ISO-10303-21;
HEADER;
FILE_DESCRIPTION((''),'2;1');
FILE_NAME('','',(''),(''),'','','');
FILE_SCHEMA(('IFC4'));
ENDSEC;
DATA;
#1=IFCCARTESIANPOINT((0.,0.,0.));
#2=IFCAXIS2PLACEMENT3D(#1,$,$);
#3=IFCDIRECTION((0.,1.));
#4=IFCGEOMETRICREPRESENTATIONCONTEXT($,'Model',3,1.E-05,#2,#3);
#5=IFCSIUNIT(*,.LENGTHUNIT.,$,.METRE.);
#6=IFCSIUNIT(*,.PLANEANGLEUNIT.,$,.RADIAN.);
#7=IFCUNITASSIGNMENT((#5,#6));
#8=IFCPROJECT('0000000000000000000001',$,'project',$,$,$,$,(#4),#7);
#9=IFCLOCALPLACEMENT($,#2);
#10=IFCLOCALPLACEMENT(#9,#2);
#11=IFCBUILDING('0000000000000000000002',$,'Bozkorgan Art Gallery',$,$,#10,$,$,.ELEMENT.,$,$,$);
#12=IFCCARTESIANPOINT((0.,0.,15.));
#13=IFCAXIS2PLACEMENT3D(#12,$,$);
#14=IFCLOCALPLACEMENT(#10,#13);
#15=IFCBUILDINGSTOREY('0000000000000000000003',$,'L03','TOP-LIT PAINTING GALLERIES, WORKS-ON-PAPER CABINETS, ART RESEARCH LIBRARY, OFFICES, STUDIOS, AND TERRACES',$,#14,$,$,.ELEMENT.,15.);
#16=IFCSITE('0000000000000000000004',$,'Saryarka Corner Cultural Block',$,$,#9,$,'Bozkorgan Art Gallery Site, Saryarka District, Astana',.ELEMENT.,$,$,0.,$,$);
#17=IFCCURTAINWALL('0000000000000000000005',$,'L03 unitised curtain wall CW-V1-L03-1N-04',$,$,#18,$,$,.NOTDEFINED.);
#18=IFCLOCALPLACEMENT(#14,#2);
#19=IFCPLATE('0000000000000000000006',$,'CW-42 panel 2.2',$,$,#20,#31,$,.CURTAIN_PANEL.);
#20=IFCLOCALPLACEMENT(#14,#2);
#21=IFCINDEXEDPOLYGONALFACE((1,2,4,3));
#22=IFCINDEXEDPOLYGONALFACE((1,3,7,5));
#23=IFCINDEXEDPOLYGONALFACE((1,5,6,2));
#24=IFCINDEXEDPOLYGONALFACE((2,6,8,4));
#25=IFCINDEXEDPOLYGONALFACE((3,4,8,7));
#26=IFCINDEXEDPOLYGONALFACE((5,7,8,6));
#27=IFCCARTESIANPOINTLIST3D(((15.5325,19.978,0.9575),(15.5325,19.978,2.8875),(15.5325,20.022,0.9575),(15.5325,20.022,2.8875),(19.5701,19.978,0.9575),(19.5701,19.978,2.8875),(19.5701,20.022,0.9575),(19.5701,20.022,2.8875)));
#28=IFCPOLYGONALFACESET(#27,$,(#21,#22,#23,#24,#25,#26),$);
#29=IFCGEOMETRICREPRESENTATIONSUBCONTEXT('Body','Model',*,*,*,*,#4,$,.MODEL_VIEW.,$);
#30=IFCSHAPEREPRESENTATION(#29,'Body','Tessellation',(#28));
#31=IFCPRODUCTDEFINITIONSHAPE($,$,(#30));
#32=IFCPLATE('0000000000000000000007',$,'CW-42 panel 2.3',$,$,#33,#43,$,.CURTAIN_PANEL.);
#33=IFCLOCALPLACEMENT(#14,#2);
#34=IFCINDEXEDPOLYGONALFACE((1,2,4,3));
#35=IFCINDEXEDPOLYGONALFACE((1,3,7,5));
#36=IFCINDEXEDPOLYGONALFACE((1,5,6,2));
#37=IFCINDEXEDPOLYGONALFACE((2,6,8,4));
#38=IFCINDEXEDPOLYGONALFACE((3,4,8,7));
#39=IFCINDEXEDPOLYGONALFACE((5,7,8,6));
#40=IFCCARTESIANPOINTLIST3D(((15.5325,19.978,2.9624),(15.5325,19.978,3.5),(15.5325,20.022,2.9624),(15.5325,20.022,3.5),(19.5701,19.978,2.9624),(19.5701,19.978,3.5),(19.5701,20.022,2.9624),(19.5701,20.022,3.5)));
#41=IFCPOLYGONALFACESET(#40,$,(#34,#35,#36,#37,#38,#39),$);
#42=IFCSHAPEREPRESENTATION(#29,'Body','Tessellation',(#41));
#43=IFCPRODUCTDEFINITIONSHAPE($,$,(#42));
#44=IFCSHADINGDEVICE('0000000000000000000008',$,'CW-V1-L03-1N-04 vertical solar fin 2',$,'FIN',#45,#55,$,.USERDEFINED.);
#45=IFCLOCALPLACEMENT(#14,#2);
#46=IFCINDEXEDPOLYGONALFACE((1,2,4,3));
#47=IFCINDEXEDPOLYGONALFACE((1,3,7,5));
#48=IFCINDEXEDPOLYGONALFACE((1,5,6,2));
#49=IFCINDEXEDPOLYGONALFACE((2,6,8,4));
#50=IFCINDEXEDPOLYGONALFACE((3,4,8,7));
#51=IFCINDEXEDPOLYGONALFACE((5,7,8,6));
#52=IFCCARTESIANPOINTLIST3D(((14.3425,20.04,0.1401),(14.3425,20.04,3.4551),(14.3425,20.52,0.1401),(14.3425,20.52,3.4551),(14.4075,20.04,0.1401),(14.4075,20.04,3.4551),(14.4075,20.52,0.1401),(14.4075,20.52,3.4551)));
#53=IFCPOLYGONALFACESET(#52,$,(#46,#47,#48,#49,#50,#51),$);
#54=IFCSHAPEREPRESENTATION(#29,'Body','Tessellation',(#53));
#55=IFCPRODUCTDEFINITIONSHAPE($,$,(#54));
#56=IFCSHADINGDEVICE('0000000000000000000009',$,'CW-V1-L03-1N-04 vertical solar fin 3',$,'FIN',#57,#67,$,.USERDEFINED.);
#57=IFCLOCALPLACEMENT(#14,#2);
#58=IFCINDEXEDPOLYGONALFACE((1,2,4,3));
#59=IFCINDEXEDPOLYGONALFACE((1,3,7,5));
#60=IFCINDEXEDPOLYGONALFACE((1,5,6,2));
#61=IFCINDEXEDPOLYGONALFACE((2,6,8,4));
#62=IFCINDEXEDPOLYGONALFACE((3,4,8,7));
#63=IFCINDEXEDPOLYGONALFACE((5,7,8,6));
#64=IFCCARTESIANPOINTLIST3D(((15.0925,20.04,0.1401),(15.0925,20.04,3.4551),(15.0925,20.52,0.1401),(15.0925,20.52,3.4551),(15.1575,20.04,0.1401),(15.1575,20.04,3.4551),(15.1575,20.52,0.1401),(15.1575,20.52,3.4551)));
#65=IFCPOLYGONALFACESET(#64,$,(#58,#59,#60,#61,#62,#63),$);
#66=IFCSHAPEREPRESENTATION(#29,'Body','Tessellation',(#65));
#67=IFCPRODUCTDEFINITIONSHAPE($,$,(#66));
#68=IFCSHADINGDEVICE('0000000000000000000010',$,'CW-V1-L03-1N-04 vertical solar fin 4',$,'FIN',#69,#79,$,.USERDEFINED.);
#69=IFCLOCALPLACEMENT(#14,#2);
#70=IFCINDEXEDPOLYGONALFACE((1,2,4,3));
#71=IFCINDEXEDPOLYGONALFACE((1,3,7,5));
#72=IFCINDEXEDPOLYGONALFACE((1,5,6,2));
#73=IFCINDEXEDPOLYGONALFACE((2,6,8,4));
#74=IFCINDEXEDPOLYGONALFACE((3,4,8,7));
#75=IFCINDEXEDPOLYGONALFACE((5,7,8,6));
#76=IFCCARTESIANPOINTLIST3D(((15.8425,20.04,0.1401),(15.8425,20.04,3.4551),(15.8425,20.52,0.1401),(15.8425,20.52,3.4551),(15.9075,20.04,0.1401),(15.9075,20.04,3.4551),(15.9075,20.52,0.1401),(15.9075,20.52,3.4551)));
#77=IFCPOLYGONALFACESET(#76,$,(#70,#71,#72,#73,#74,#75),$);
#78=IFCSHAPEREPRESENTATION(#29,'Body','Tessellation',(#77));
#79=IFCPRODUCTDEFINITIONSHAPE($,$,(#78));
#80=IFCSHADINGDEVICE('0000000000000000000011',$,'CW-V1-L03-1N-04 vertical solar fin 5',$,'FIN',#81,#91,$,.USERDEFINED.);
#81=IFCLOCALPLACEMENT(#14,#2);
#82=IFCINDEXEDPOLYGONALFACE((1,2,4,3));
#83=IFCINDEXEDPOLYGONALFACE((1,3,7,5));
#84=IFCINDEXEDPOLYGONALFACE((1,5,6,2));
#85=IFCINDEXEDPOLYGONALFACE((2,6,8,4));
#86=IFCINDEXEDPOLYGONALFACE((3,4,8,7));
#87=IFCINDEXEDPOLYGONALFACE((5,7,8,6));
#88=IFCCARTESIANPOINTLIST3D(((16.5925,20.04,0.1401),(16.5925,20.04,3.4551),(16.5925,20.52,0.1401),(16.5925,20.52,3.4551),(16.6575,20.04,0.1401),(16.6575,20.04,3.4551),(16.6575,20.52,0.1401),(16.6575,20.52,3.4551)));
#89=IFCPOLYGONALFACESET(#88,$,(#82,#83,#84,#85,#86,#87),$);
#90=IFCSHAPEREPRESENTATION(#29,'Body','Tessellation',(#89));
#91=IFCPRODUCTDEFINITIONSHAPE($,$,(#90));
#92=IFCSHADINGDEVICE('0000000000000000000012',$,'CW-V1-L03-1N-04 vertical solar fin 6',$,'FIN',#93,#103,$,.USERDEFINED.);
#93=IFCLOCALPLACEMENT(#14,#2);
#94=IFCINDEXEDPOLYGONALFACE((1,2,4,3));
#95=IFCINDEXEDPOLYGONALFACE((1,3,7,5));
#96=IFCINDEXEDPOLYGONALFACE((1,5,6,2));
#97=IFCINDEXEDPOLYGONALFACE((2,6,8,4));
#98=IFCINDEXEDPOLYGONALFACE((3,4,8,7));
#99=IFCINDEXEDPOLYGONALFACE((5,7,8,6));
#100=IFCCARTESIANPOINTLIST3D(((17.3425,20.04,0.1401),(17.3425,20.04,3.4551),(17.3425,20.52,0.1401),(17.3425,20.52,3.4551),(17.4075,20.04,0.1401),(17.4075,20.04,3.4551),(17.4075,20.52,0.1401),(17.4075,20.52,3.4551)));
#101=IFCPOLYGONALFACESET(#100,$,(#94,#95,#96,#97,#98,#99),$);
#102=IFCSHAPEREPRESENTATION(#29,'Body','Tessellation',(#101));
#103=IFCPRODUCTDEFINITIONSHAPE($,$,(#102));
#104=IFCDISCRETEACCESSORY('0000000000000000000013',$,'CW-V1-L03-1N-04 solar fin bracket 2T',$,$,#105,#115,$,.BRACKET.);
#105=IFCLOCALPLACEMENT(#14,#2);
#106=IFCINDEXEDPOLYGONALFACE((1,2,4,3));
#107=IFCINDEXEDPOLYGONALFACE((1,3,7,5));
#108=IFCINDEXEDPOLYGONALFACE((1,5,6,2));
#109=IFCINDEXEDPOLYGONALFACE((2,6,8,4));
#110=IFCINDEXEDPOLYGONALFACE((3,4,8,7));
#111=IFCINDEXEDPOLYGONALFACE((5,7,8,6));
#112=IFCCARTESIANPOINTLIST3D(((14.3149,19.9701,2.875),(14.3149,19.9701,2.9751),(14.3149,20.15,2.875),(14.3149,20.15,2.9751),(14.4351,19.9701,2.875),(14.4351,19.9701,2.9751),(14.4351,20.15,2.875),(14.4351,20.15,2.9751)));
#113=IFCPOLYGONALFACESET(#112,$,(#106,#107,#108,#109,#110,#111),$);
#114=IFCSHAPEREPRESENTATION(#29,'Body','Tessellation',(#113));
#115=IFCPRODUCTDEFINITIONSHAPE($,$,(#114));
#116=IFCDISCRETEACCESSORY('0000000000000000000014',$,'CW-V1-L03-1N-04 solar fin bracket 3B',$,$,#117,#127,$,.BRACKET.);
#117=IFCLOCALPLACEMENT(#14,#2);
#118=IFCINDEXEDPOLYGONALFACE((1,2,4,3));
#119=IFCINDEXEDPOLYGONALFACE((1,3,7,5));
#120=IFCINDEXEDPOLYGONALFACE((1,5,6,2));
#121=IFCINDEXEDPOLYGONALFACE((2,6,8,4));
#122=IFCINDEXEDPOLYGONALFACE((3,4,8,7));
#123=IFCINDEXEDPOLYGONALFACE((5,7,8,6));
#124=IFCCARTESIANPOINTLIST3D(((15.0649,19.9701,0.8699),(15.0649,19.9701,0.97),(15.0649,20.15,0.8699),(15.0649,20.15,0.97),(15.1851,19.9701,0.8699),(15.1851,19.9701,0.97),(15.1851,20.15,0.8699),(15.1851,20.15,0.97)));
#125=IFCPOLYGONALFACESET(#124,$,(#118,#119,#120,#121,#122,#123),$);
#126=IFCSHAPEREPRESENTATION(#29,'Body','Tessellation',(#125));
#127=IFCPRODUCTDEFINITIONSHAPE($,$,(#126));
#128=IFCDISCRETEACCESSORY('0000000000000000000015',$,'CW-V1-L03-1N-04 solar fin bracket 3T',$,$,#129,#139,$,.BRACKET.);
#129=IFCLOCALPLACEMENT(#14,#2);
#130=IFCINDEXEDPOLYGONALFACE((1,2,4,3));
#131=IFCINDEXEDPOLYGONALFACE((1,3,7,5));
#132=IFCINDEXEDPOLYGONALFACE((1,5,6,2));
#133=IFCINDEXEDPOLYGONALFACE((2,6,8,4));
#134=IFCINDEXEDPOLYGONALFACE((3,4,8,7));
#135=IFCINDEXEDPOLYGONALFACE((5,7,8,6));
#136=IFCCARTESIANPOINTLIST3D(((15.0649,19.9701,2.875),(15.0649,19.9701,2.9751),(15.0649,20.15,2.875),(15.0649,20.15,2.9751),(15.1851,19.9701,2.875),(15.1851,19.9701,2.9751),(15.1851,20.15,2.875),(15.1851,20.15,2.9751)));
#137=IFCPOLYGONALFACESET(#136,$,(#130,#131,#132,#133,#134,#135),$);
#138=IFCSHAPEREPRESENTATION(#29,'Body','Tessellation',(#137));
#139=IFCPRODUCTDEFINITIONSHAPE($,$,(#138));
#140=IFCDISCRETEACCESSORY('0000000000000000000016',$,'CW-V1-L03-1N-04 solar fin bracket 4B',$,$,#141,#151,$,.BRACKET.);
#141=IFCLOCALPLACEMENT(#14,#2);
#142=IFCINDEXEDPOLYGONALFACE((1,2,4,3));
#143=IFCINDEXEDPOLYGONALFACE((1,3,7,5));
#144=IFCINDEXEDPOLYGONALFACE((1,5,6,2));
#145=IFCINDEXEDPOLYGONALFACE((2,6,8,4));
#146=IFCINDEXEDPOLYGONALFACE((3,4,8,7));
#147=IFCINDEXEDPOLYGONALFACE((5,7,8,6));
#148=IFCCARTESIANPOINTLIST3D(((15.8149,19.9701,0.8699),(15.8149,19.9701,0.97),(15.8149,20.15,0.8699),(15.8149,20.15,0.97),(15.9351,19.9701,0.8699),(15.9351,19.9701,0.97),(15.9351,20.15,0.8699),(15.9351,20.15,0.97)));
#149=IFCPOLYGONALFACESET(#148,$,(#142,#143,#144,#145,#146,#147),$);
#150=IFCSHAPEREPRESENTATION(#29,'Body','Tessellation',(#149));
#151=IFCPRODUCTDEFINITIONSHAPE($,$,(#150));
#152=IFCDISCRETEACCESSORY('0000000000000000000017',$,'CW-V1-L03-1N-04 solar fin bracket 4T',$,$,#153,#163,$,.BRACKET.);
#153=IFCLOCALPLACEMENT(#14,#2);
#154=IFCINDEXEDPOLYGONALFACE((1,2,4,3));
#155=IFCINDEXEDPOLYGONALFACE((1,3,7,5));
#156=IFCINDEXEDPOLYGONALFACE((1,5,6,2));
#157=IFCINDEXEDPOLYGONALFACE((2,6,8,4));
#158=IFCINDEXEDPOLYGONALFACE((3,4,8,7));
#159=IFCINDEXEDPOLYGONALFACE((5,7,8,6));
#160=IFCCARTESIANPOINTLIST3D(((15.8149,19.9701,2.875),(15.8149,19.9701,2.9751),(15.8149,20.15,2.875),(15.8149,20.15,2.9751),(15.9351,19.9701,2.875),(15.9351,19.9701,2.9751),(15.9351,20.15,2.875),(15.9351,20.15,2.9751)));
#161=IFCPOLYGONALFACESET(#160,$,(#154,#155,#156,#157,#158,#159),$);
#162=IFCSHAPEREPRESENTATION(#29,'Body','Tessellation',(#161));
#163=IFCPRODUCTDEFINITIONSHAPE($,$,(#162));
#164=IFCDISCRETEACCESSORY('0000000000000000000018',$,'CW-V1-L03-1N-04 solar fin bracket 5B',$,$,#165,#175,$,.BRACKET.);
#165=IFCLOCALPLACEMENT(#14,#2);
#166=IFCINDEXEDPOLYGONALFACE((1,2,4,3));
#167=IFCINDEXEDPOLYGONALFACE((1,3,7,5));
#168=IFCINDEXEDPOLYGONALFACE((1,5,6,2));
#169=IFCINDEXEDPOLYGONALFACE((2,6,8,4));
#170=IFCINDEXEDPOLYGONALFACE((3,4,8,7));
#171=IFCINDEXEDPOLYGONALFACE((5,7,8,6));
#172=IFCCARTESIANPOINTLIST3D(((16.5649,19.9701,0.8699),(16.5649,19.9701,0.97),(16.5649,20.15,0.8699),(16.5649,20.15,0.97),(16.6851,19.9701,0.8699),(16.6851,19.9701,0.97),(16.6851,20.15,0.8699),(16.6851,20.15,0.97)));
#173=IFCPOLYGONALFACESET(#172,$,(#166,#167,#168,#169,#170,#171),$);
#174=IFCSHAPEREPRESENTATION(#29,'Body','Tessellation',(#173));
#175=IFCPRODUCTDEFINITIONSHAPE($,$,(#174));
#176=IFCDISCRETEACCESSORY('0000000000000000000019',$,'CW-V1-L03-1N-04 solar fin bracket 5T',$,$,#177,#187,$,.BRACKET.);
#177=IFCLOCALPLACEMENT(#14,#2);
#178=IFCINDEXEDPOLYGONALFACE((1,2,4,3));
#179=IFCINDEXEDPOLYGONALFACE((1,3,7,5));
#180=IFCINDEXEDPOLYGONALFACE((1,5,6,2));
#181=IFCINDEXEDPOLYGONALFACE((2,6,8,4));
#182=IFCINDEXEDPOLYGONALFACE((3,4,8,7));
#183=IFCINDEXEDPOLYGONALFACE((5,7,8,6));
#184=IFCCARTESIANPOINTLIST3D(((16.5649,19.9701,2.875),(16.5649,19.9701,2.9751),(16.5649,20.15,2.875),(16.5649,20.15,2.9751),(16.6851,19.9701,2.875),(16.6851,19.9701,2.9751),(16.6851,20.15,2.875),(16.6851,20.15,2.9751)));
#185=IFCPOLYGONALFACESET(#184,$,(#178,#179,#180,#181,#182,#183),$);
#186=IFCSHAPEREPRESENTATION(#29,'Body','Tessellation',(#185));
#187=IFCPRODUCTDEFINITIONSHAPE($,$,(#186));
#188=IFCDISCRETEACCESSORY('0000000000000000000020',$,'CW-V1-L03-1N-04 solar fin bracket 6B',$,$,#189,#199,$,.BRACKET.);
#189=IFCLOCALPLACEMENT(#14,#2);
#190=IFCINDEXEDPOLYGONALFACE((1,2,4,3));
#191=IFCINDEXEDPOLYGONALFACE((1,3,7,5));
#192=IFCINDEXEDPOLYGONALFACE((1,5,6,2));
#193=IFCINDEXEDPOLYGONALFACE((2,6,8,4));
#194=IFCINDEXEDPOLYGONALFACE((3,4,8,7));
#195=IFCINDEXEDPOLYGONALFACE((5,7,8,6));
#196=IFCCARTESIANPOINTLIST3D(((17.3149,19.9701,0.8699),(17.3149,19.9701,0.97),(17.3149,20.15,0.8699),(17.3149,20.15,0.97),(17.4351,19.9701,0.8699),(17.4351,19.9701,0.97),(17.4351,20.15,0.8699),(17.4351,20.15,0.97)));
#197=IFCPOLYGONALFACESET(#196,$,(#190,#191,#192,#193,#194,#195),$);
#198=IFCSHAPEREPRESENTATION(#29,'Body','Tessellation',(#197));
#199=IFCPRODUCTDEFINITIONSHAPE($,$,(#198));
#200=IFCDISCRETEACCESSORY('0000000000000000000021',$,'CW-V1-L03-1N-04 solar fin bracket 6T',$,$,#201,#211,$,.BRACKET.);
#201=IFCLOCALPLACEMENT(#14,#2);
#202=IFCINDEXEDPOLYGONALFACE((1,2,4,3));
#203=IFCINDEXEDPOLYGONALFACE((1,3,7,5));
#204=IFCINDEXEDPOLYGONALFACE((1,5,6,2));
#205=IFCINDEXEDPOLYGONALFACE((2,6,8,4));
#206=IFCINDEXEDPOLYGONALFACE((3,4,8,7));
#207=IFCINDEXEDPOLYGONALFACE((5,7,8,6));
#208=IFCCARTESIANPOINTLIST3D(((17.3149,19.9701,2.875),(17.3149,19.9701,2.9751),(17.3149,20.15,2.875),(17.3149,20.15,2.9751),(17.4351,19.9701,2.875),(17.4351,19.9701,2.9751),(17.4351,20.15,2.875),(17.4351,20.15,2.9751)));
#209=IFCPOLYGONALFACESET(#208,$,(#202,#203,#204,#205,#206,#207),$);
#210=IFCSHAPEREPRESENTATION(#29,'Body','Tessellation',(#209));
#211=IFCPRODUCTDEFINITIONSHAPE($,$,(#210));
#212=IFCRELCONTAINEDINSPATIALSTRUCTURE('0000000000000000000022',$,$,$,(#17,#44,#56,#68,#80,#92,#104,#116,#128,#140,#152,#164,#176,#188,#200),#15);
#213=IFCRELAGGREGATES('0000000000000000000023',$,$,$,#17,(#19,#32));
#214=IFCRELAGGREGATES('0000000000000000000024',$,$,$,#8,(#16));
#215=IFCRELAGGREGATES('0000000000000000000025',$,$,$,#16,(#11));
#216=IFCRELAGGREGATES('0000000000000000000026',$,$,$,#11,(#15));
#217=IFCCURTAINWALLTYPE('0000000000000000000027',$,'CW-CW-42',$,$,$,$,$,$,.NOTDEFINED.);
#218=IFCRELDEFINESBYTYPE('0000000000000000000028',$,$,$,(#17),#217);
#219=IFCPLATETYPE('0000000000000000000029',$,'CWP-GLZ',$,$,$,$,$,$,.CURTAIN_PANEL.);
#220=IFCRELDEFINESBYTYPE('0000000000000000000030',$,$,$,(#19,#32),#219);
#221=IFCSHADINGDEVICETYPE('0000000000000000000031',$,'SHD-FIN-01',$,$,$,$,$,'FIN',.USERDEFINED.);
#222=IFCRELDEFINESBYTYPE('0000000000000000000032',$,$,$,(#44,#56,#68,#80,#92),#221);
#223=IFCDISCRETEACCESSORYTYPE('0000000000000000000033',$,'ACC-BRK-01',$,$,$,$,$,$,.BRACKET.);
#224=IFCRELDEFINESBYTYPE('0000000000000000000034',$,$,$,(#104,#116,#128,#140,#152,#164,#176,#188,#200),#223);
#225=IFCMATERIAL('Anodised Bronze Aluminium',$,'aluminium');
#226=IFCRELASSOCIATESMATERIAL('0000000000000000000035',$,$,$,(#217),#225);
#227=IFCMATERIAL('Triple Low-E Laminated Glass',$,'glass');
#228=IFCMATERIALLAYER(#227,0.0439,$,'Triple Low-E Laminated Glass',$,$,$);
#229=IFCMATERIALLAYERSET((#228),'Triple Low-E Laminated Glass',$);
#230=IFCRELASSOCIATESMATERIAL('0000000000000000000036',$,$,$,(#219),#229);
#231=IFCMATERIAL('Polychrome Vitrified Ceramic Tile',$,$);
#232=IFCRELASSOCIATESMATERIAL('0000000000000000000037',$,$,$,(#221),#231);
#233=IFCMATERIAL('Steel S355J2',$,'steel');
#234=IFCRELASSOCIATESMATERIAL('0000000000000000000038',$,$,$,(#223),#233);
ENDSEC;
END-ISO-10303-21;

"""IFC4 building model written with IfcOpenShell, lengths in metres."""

from ifc_helpers import new_model, si_unit, direction, frame, origin, origin_2d, place, context, subcontext, project, spatial, rectangle, extrude, material, layer, layer_set, type_object, element, aggregate, save


model = new_model("IFC4")

# Units and contexts
model_context = context("Model", 3, precision=1e-05, world=origin(), true_north=direction((0.0, 1.0)))
body_context = subcontext(model_context, "Body", "Model", "MODEL_VIEW")
ifc_project = project(units=[si_unit("LENGTHUNIT", "METRE"), si_unit("PLANEANGLEUNIT", "RADIAN")], contexts=[model_context])

# Site, building, storey
site_placement = place(None, origin())
site = spatial("IfcSite", under=ifc_project, at=site_placement, Name="Saryarka Corner Cultural Block", LongName="Bozkorgan Art Gallery Site, Saryarka District, Astana", CompositionType="ELEMENT", RefElevation=0.0)
building_placement = place(site_placement, origin())
building = spatial("IfcBuilding", under=site, at=building_placement, Name="Bozkorgan Art Gallery", CompositionType="ELEMENT")
storey_placement = place(building_placement, frame((0.0, 0.0, 15.0)))
storey = spatial("IfcBuildingStorey", under=building, at=storey_placement, Name="L03", Description="TOP-LIT PAINTING GALLERIES, WORKS-ON-PAPER CABINETS, ART RESEARCH LIBRARY, OFFICES, STUDIOS, AND TERRACES", CompositionType="ELEMENT", Elevation=15.0)

# Shared definitions
ifc_material_1 = material(Name="Steel S355J2", Category="steel")

# Curtain wall
ifc_material_2 = material(Name="Anodised Bronze Aluminium", Category="aluminium")
curtain_wall_type = type_object("IfcCurtainWallType", Name="CW-CW-42", PredefinedType="NOTDEFINED", material=ifc_material_2)
curtain_wall_1_placement = place(storey_placement, origin())
curtain_wall_1 = element("IfcCurtainWall", 1, at=curtain_wall_1_placement, inside=storey, type_object=curtain_wall_type, Name="L03 unitised curtain wall CW-V1-L03-1N-04", PredefinedType="NOTDEFINED")

# Plates
ifc_material_3 = material(Name="Triple Low-E Laminated Glass", Category="glass")
ifc_layer = layer(ifc_material_3, 0.0439, Name="Triple Low-E Laminated Glass")
ifc_layer_set = layer_set([ifc_layer], Name="Triple Low-E Laminated Glass")
plate_type = type_object("IfcPlateType", Name="CWP-GLZ", PredefinedType="CURTAIN_PANEL", material=ifc_layer_set)
plate_1_placement = place(storey_placement, frame((17.5513, 20.0, 0.9575), z_axis=(0.0, 0.0, 1.0), x_axis=(1.0, 0.0, 0.0)))
plate_1 = element("IfcPlate", 2, at=plate_1_placement, type_object=plate_type, Name="CW-42 panel 2.2", PredefinedType="CURTAIN_PANEL", context=body_context, shape_type="SweptSolid", body=[
    extrude(rectangle(XDim=4.0376, YDim=0.0439, at=origin_2d()), origin(), (0.0, 0.0, 1.0), 1.9299),
])
plate_2_placement = place(storey_placement, frame((17.5513, 20.0, 2.9624), z_axis=(0.0, 0.0, 1.0), x_axis=(1.0, 0.0, 0.0)))
plate_2 = element("IfcPlate", 3, at=plate_2_placement, type_object=plate_type, Name="CW-42 panel 2.3", PredefinedType="CURTAIN_PANEL", context=body_context, shape_type="SweptSolid", body=[
    extrude(rectangle(XDim=4.0376, YDim=0.0439, at=origin_2d()), origin(), (0.0, 0.0, 1.0), 0.5376),
])
aggregate(curtain_wall_1, [plate_1, plate_2])

# Shading devices
ifc_material_4 = material(Name="Polychrome Vitrified Ceramic Tile")
shading_device_type = type_object("IfcShadingDeviceType", Name="SHD-FIN-01", ElementType="FIN", PredefinedType="USERDEFINED", material=ifc_material_4)
for number, where, z_axis, x_axis, name in (
    (4, (14.375, 20.28, 0.1401), (0.0, 0.0, 1.0), (0.0, 1.0, 0.0), "CW-V1-L03-1N-04 vertical solar fin 2"),
    (5, (15.125, 20.28, 0.1401), (0.0, 0.0, 1.0), (0.0, 1.0, 0.0), "CW-V1-L03-1N-04 vertical solar fin 3"),
    (6, (15.875, 20.28, 0.1401), (0.0, 0.0, 1.0), (0.0, 1.0, 0.0), "CW-V1-L03-1N-04 vertical solar fin 4"),
    (7, (16.625, 20.28, 0.1401), (0.0, 0.0, 1.0), (0.0, 1.0, 0.0), "CW-V1-L03-1N-04 vertical solar fin 5"),
    (8, (17.375, 20.28, 0.1401), (0.0, 0.0, 1.0), (0.0, 1.0, 0.0), "CW-V1-L03-1N-04 vertical solar fin 6"),
):
    element("IfcShadingDevice", number, at=place(storey_placement, frame(where, z_axis=z_axis, x_axis=x_axis)), inside=storey, type_object=shading_device_type, Name=name, ObjectType="FIN", PredefinedType="USERDEFINED", context=body_context, shape_type="SweptSolid", body=[
        extrude(rectangle(XDim=0.48, YDim=0.0649, at=origin_2d()), origin(), (0.0, 0.0, 1.0), 3.3149),
    ])

# Discrete accessories
discrete_accessory_type = type_object("IfcDiscreteAccessoryType", Name="ACC-BRK-01", PredefinedType="BRACKET", material=ifc_material_1)
for number, where, z_axis, x_axis, name in (
    (9, (14.375, 20.0601, 2.875), (0.0, 0.0, 1.0), (0.0, 1.0, 0.0), "CW-V1-L03-1N-04 solar fin bracket 2T"),
    (10, (15.125, 20.0601, 0.8699), (0.0, 0.0, 1.0), (0.0, 1.0, 0.0), "CW-V1-L03-1N-04 solar fin bracket 3B"),
    (11, (15.125, 20.0601, 2.875), (0.0, 0.0, 1.0), (0.0, 1.0, 0.0), "CW-V1-L03-1N-04 solar fin bracket 3T"),
    (12, (15.875, 20.0601, 0.8699), (0.0, 0.0, 1.0), (0.0, 1.0, 0.0), "CW-V1-L03-1N-04 solar fin bracket 4B"),
    (13, (15.875, 20.0601, 2.875), (0.0, 0.0, 1.0), (0.0, 1.0, 0.0), "CW-V1-L03-1N-04 solar fin bracket 4T"),
    (14, (16.625, 20.0601, 0.8699), (0.0, 0.0, 1.0), (0.0, 1.0, 0.0), "CW-V1-L03-1N-04 solar fin bracket 5B"),
    (15, (16.625, 20.0601, 2.875), (0.0, 0.0, 1.0), (0.0, 1.0, 0.0), "CW-V1-L03-1N-04 solar fin bracket 5T"),
    (16, (17.375, 20.0601, 0.8699), (0.0, 0.0, 1.0), (0.0, 1.0, 0.0), "CW-V1-L03-1N-04 solar fin bracket 6B"),
    (17, (17.375, 20.0601, 2.875), (0.0, 0.0, 1.0), (0.0, 1.0, 0.0), "CW-V1-L03-1N-04 solar fin bracket 6T"),
):
    element("IfcDiscreteAccessory", number, at=place(storey_placement, frame(where, z_axis=z_axis, x_axis=x_axis)), inside=storey, type_object=discrete_accessory_type, Name=name, PredefinedType="BRACKET", context=body_context, shape_type="SweptSolid", body=[
        extrude(rectangle(XDim=0.1799, YDim=0.1201, at=origin_2d()), origin(), (0.0, 0.0, 1.0), 0.1001),
    ])

save(model, "model.ifc")
